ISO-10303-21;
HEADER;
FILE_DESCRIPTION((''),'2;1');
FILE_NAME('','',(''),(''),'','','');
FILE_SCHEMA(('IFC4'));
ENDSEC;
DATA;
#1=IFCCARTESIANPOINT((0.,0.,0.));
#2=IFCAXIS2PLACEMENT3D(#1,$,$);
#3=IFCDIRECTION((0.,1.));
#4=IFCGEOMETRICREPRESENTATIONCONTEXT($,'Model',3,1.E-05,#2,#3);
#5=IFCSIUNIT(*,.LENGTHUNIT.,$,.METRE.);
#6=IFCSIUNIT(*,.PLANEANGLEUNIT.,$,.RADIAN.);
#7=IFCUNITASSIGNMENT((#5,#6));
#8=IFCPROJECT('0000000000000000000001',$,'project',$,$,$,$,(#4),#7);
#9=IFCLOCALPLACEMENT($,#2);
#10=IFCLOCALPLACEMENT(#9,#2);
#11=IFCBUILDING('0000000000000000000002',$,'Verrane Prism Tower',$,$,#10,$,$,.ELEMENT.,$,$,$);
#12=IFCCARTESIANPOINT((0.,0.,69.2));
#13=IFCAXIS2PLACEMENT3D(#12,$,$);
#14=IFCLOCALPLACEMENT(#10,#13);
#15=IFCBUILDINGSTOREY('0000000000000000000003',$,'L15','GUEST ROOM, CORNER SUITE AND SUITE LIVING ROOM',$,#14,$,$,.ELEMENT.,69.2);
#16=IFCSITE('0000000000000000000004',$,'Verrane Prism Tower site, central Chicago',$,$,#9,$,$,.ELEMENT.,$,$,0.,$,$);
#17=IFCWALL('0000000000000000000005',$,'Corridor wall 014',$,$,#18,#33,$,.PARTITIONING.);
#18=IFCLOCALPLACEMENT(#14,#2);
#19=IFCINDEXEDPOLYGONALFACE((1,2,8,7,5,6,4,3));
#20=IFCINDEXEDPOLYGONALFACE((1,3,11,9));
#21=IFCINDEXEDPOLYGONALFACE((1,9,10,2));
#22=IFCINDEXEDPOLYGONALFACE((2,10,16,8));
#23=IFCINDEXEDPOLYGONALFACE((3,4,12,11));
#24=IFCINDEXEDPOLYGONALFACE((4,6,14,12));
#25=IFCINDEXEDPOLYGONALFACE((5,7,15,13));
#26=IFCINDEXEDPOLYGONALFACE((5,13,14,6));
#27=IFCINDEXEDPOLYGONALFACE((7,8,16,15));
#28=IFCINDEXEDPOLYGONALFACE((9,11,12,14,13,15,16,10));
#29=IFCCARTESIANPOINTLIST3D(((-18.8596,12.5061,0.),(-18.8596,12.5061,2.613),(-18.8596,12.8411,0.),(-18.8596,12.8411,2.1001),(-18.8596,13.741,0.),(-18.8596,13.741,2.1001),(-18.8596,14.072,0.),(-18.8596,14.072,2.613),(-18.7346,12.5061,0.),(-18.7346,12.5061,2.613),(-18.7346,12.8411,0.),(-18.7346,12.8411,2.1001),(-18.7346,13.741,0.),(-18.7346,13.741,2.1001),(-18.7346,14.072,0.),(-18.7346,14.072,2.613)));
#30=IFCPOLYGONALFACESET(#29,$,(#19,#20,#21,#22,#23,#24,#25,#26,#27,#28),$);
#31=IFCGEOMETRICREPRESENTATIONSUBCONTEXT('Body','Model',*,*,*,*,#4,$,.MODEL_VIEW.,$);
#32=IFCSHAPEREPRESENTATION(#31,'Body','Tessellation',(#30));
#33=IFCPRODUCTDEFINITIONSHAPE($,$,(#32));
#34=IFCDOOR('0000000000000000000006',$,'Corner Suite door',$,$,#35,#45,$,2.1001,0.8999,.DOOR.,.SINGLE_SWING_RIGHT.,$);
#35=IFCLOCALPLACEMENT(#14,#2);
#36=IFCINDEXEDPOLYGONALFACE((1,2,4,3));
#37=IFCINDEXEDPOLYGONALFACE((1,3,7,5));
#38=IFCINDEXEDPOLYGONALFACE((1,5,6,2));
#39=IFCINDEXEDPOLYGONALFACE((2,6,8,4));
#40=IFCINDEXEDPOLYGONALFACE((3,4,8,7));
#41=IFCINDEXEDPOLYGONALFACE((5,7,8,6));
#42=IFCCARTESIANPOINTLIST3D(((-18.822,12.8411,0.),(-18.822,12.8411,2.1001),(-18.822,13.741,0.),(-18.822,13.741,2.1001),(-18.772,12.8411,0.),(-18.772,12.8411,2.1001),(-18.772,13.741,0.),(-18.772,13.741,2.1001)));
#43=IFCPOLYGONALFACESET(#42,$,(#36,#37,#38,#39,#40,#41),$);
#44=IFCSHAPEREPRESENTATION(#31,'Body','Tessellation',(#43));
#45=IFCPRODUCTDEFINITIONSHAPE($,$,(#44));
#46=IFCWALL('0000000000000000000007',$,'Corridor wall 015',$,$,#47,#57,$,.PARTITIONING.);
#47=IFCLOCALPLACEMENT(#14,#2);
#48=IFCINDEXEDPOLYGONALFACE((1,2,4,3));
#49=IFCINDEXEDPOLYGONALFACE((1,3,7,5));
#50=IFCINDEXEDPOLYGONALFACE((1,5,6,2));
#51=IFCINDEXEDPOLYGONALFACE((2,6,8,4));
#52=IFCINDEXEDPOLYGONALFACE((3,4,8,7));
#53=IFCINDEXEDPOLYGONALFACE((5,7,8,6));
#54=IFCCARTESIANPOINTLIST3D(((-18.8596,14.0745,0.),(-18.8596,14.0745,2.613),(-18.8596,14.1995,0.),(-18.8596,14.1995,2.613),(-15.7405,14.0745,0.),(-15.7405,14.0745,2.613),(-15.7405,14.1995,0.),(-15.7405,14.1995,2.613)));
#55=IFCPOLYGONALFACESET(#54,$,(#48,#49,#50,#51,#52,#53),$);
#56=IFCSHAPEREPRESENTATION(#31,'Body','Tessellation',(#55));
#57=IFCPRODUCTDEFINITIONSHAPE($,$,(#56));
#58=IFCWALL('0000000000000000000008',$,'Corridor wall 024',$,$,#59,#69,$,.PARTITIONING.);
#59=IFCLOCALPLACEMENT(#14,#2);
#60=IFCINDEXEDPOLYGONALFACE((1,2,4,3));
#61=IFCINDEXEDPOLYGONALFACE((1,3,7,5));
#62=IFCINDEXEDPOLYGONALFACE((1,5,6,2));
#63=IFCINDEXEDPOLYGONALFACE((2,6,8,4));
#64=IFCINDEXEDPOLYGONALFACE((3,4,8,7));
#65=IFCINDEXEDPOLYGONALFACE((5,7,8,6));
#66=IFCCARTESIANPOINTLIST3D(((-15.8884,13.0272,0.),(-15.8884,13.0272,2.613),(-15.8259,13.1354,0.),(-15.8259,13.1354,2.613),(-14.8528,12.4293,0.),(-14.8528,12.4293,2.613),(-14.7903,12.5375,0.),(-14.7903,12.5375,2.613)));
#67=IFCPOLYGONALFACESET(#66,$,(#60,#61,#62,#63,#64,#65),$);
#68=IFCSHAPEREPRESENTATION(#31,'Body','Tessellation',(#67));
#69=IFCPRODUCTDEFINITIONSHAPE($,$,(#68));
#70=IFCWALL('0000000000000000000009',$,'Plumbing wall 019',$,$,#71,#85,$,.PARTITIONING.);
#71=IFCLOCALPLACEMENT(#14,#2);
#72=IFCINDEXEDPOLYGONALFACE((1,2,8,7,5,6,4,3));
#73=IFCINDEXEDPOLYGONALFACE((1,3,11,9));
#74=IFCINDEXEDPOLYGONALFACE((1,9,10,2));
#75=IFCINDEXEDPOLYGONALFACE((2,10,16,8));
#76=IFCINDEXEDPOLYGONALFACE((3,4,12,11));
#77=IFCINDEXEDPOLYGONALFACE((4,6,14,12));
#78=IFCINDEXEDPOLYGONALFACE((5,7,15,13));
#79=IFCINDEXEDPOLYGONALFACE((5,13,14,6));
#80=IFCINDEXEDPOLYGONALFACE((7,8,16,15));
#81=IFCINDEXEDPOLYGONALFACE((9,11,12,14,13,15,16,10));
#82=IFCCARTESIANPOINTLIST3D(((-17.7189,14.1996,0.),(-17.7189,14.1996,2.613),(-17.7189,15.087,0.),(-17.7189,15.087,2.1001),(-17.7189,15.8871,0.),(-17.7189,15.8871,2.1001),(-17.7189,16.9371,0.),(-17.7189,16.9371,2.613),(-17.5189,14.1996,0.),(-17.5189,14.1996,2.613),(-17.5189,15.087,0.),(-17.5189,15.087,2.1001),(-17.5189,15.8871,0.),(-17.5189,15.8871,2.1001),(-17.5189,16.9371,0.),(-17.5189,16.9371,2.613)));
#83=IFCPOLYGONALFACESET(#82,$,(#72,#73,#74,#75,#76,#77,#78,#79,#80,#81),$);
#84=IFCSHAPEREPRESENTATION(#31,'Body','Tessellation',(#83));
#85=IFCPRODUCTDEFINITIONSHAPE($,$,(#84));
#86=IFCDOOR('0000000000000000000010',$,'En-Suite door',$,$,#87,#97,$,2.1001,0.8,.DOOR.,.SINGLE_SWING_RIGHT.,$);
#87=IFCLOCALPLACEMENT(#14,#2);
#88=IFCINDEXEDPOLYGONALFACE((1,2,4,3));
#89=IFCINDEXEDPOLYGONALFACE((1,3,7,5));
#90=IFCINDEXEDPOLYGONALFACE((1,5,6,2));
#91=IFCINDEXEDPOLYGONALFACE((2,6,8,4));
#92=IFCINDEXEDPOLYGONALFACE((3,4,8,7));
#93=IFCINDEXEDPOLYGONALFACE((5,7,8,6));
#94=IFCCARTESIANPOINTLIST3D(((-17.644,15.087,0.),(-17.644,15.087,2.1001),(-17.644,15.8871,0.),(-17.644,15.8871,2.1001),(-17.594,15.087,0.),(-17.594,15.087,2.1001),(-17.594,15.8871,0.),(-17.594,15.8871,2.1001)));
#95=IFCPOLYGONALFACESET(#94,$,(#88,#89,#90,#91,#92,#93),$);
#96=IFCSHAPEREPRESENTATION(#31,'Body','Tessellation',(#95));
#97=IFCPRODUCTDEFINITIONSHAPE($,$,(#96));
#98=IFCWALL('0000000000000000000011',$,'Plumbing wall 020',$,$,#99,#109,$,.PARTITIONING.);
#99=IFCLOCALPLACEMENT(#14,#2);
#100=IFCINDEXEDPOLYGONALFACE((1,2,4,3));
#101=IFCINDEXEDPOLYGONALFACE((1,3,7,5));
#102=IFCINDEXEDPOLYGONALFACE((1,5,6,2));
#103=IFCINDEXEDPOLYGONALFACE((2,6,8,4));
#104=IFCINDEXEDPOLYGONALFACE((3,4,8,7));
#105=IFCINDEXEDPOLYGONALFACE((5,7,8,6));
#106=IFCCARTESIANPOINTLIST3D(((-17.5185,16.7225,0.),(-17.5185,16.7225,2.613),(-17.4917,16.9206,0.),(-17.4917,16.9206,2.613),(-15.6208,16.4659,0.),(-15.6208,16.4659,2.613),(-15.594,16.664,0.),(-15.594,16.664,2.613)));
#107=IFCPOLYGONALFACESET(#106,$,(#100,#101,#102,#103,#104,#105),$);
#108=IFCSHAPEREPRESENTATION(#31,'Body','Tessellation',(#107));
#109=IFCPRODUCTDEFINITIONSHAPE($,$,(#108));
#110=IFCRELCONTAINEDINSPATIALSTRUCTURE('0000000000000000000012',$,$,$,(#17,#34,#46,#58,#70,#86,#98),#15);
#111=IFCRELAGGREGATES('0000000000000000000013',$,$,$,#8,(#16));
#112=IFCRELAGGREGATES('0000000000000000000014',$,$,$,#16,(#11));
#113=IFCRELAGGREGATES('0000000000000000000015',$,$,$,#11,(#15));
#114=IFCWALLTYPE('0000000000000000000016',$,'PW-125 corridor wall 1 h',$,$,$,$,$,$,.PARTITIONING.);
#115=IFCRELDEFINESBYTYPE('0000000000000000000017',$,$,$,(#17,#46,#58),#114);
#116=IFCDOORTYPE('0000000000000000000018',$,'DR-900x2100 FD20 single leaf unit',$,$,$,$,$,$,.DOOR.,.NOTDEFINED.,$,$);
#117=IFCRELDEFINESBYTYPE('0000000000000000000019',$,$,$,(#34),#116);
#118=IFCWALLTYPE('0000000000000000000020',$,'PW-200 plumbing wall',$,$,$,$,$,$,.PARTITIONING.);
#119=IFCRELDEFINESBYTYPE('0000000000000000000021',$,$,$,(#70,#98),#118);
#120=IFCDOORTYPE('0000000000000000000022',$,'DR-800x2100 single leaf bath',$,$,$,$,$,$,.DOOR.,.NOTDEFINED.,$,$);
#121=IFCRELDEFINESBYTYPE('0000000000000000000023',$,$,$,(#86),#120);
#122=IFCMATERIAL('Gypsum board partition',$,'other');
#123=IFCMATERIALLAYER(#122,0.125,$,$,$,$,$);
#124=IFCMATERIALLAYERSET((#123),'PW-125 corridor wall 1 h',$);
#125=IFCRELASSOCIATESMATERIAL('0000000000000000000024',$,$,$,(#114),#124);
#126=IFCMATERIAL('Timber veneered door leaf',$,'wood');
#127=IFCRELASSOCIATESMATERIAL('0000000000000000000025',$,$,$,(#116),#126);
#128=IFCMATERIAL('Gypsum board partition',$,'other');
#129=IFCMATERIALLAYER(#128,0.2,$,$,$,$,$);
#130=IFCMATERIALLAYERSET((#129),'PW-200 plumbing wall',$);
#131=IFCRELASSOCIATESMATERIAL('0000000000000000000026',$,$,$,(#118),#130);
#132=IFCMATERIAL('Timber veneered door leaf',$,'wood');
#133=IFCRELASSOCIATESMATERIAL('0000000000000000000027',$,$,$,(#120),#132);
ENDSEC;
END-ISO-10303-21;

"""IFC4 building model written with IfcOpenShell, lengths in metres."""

from ifc_helpers import new_model, si_unit, direction, frame, frame_2d, origin, place, context, subcontext, project, spatial, rectangle, extrude, material, layer, layer_set, type_object, element, fill, save


model = new_model("IFC4")

# Units and contexts
model_context = context("Model", 3, precision=1e-05, world=origin(), true_north=direction((0.0, 1.0)))
body_context = subcontext(model_context, "Body", "Model", "MODEL_VIEW")
ifc_project = project(units=[si_unit("LENGTHUNIT", "METRE"), si_unit("PLANEANGLEUNIT", "RADIAN")], contexts=[model_context])

# Site, building, storey
site_placement = place(None, origin())
site = spatial("IfcSite", under=ifc_project, at=site_placement, Name="Verrane Prism Tower site, central Chicago", CompositionType="ELEMENT", RefElevation=0.0)
building_placement = place(site_placement, origin())
building = spatial("IfcBuilding", under=site, at=building_placement, Name="Verrane Prism Tower", CompositionType="ELEMENT")
storey_placement = place(building_placement, frame((0.0, 0.0, 69.2)))
storey = spatial("IfcBuildingStorey", under=building, at=storey_placement, Name="L15", Description="GUEST ROOM, CORNER SUITE AND SUITE LIVING ROOM", CompositionType="ELEMENT", Elevation=69.2)

# Shared definitions
ifc_material_1 = material(Name="Gypsum board partition", Category="other")
ifc_layer_1 = layer(ifc_material_1, 0.125)
ifc_layer_set_1 = layer_set([ifc_layer_1], Name="PW-125 corridor wall 1 h")
wall_type_1 = type_object("IfcWallType", Name="PW-125 corridor wall 1 h", PredefinedType="PARTITIONING", material=ifc_layer_set_1)

# Wall, opening, door
wall_1_placement = place(storey_placement, frame((-18.7971, 12.5061, 0.0), z_axis=(0.0, 0.0, 1.0), x_axis=(0.0, 1.0, 0.0)))
wall_1 = element("IfcWall", 1, at=wall_1_placement, inside=storey, type_object=wall_type_1, Name="Corridor wall 014", PredefinedType="PARTITIONING", context=body_context, shape_type="SweptSolid", body=[
    extrude(rectangle(XDim=1.5659, YDim=0.125, at=frame_2d((0.783, 0.0))), origin(), (0.0, 0.0, 1.0), 2.613),
])
opening_1_placement = place(wall_1_placement, frame((0.335, 0.0, 0.0)))
opening_1 = element("IfcOpeningElement", 2, at=opening_1_placement, cuts=wall_1, PredefinedType="OPENING", context=body_context, shape_type="SweptSolid", body=[
    extrude(rectangle(XDim=0.8999, YDim=2.1001, at=frame_2d((0.45, 1.05))), frame((0.0, 0.0725, 0.0), z_axis=(0.0, -1.0, 0.0), x_axis=(1.0, 0.0, 0.0)), (0.0, 0.0, 1.0), 0.145),
])
ifc_material_2 = material(Name="Timber veneered door leaf", Category="wood")
door_type_1 = type_object("IfcDoorType", Name="DR-900x2100 FD20 single leaf unit", OperationType="NOTDEFINED", PredefinedType="DOOR", material=ifc_material_2)
door_1_placement = place(opening_1_placement, origin())
door_1 = element("IfcDoor", 3, at=door_1_placement, inside=storey, type_object=door_type_1, Name="Corner Suite door", OperationType="SINGLE_SWING_RIGHT", OverallHeight=2.1001, OverallWidth=0.8999, PredefinedType="DOOR", context=body_context, shape_type="SweptSolid", body=[
    extrude(rectangle(XDim=0.8999, YDim=2.1001, at=frame_2d((0.45, 1.05))), frame((0.0, 0.0249, 0.0), z_axis=(0.0, -1.0, 0.0), x_axis=(1.0, 0.0, 0.0)), (0.0, 0.0, 1.0), 0.05),
])
fill(opening_1, door_1)

# Walls
wall_2_placement = place(storey_placement, frame((-18.8596, 14.137, 0.0), z_axis=(0.0, 0.0, 1.0), x_axis=(1.0, 0.0, 0.0)))
element("IfcWall", 4, at=wall_2_placement, inside=storey, type_object=wall_type_1, Name="Corridor wall 015", PredefinedType="PARTITIONING", context=body_context, shape_type="SweptSolid", body=[
    extrude(rectangle(XDim=3.1191, YDim=0.125, at=frame_2d((1.5596, 0.0))), origin(), (0.0, 0.0, 1.0), 2.613),
])
wall_3_placement = place(storey_placement, frame((-15.8572, 13.0813, 0.0), z_axis=(0.0, 0.0, 1.0), x_axis=(0.866036, -0.499982, 0.0)))
element("IfcWall", 5, at=wall_3_placement, inside=storey, type_object=wall_type_1, Name="Corridor wall 024", PredefinedType="PARTITIONING", context=body_context, shape_type="SweptSolid", body=[
    extrude(rectangle(XDim=1.1958, YDim=0.125, at=frame_2d((0.5979, 0.0))), origin(), (0.0, 0.0, 1.0), 2.613),
])

# Wall, opening, door
ifc_material_3 = material(Name="Gypsum board partition", Category="other")
ifc_layer_2 = layer(ifc_material_3, 0.2)
ifc_layer_set_2 = layer_set([ifc_layer_2], Name="PW-200 plumbing wall")
wall_type_2 = type_object("IfcWallType", Name="PW-200 plumbing wall", PredefinedType="PARTITIONING", material=ifc_layer_set_2)
wall_4_placement = place(storey_placement, frame((-17.6189, 16.937, 0.0), z_axis=(0.0, 0.0, 1.0), x_axis=(0.0, -1.0, 0.0)))
wall_4 = element("IfcWall", 6, at=wall_4_placement, inside=storey, type_object=wall_type_2, Name="Plumbing wall 019", PredefinedType="PARTITIONING", context=body_context, shape_type="SweptSolid", body=[
    extrude(rectangle(XDim=2.7375, YDim=0.2, at=frame_2d((1.3687, 0.0))), origin(), (0.0, 0.0, 1.0), 2.613),
])
opening_2_placement = place(wall_4_placement, frame((1.05, 0.0, 0.0)))
opening_2 = element("IfcOpeningElement", 7, at=opening_2_placement, cuts=wall_4, PredefinedType="OPENING", context=body_context, shape_type="SweptSolid", body=[
    extrude(rectangle(XDim=0.8, YDim=2.1001, at=frame_2d((0.3999, 1.05))), frame((0.0, 0.1099, 0.0), z_axis=(0.0, -1.0, 0.0), x_axis=(1.0, 0.0, 0.0)), (0.0, 0.0, 1.0), 0.22),
])
ifc_material_4 = material(Name="Timber veneered door leaf", Category="wood")
door_type_2 = type_object("IfcDoorType", Name="DR-800x2100 single leaf bath", OperationType="NOTDEFINED", PredefinedType="DOOR", material=ifc_material_4)
door_2_placement = place(opening_2_placement, origin())
door_2 = element("IfcDoor", 8, at=door_2_placement, inside=storey, type_object=door_type_2, Name="En-Suite door", OperationType="SINGLE_SWING_RIGHT", OverallHeight=2.1001, OverallWidth=0.8, PredefinedType="DOOR", context=body_context, shape_type="SweptSolid", body=[
    extrude(rectangle(XDim=0.8, YDim=2.1001, at=frame_2d((0.3999, 1.05))), frame((0.0, 0.0249, 0.0), z_axis=(0.0, -1.0, 0.0), x_axis=(1.0, 0.0, 0.0)), (0.0, 0.0, 1.0), 0.05),
])
fill(opening_2, door_2)

# Wall
wall_5_placement = place(storey_placement, frame((-17.5051, 16.8215, 0.0), z_axis=(0.0, 0.0, 1.0), x_axis=(0.990982, -0.133992, 0.0)))
element("IfcWall", 9, at=wall_5_placement, inside=storey, type_object=wall_type_2, Name="Plumbing wall 020", PredefinedType="PARTITIONING", context=body_context, shape_type="SweptSolid", body=[
    extrude(rectangle(XDim=1.915, YDim=0.2, at=frame_2d((0.9575, 0.0))), origin(), (0.0, 0.0, 1.0), 2.613),
])

save(model, "model.ifc")
